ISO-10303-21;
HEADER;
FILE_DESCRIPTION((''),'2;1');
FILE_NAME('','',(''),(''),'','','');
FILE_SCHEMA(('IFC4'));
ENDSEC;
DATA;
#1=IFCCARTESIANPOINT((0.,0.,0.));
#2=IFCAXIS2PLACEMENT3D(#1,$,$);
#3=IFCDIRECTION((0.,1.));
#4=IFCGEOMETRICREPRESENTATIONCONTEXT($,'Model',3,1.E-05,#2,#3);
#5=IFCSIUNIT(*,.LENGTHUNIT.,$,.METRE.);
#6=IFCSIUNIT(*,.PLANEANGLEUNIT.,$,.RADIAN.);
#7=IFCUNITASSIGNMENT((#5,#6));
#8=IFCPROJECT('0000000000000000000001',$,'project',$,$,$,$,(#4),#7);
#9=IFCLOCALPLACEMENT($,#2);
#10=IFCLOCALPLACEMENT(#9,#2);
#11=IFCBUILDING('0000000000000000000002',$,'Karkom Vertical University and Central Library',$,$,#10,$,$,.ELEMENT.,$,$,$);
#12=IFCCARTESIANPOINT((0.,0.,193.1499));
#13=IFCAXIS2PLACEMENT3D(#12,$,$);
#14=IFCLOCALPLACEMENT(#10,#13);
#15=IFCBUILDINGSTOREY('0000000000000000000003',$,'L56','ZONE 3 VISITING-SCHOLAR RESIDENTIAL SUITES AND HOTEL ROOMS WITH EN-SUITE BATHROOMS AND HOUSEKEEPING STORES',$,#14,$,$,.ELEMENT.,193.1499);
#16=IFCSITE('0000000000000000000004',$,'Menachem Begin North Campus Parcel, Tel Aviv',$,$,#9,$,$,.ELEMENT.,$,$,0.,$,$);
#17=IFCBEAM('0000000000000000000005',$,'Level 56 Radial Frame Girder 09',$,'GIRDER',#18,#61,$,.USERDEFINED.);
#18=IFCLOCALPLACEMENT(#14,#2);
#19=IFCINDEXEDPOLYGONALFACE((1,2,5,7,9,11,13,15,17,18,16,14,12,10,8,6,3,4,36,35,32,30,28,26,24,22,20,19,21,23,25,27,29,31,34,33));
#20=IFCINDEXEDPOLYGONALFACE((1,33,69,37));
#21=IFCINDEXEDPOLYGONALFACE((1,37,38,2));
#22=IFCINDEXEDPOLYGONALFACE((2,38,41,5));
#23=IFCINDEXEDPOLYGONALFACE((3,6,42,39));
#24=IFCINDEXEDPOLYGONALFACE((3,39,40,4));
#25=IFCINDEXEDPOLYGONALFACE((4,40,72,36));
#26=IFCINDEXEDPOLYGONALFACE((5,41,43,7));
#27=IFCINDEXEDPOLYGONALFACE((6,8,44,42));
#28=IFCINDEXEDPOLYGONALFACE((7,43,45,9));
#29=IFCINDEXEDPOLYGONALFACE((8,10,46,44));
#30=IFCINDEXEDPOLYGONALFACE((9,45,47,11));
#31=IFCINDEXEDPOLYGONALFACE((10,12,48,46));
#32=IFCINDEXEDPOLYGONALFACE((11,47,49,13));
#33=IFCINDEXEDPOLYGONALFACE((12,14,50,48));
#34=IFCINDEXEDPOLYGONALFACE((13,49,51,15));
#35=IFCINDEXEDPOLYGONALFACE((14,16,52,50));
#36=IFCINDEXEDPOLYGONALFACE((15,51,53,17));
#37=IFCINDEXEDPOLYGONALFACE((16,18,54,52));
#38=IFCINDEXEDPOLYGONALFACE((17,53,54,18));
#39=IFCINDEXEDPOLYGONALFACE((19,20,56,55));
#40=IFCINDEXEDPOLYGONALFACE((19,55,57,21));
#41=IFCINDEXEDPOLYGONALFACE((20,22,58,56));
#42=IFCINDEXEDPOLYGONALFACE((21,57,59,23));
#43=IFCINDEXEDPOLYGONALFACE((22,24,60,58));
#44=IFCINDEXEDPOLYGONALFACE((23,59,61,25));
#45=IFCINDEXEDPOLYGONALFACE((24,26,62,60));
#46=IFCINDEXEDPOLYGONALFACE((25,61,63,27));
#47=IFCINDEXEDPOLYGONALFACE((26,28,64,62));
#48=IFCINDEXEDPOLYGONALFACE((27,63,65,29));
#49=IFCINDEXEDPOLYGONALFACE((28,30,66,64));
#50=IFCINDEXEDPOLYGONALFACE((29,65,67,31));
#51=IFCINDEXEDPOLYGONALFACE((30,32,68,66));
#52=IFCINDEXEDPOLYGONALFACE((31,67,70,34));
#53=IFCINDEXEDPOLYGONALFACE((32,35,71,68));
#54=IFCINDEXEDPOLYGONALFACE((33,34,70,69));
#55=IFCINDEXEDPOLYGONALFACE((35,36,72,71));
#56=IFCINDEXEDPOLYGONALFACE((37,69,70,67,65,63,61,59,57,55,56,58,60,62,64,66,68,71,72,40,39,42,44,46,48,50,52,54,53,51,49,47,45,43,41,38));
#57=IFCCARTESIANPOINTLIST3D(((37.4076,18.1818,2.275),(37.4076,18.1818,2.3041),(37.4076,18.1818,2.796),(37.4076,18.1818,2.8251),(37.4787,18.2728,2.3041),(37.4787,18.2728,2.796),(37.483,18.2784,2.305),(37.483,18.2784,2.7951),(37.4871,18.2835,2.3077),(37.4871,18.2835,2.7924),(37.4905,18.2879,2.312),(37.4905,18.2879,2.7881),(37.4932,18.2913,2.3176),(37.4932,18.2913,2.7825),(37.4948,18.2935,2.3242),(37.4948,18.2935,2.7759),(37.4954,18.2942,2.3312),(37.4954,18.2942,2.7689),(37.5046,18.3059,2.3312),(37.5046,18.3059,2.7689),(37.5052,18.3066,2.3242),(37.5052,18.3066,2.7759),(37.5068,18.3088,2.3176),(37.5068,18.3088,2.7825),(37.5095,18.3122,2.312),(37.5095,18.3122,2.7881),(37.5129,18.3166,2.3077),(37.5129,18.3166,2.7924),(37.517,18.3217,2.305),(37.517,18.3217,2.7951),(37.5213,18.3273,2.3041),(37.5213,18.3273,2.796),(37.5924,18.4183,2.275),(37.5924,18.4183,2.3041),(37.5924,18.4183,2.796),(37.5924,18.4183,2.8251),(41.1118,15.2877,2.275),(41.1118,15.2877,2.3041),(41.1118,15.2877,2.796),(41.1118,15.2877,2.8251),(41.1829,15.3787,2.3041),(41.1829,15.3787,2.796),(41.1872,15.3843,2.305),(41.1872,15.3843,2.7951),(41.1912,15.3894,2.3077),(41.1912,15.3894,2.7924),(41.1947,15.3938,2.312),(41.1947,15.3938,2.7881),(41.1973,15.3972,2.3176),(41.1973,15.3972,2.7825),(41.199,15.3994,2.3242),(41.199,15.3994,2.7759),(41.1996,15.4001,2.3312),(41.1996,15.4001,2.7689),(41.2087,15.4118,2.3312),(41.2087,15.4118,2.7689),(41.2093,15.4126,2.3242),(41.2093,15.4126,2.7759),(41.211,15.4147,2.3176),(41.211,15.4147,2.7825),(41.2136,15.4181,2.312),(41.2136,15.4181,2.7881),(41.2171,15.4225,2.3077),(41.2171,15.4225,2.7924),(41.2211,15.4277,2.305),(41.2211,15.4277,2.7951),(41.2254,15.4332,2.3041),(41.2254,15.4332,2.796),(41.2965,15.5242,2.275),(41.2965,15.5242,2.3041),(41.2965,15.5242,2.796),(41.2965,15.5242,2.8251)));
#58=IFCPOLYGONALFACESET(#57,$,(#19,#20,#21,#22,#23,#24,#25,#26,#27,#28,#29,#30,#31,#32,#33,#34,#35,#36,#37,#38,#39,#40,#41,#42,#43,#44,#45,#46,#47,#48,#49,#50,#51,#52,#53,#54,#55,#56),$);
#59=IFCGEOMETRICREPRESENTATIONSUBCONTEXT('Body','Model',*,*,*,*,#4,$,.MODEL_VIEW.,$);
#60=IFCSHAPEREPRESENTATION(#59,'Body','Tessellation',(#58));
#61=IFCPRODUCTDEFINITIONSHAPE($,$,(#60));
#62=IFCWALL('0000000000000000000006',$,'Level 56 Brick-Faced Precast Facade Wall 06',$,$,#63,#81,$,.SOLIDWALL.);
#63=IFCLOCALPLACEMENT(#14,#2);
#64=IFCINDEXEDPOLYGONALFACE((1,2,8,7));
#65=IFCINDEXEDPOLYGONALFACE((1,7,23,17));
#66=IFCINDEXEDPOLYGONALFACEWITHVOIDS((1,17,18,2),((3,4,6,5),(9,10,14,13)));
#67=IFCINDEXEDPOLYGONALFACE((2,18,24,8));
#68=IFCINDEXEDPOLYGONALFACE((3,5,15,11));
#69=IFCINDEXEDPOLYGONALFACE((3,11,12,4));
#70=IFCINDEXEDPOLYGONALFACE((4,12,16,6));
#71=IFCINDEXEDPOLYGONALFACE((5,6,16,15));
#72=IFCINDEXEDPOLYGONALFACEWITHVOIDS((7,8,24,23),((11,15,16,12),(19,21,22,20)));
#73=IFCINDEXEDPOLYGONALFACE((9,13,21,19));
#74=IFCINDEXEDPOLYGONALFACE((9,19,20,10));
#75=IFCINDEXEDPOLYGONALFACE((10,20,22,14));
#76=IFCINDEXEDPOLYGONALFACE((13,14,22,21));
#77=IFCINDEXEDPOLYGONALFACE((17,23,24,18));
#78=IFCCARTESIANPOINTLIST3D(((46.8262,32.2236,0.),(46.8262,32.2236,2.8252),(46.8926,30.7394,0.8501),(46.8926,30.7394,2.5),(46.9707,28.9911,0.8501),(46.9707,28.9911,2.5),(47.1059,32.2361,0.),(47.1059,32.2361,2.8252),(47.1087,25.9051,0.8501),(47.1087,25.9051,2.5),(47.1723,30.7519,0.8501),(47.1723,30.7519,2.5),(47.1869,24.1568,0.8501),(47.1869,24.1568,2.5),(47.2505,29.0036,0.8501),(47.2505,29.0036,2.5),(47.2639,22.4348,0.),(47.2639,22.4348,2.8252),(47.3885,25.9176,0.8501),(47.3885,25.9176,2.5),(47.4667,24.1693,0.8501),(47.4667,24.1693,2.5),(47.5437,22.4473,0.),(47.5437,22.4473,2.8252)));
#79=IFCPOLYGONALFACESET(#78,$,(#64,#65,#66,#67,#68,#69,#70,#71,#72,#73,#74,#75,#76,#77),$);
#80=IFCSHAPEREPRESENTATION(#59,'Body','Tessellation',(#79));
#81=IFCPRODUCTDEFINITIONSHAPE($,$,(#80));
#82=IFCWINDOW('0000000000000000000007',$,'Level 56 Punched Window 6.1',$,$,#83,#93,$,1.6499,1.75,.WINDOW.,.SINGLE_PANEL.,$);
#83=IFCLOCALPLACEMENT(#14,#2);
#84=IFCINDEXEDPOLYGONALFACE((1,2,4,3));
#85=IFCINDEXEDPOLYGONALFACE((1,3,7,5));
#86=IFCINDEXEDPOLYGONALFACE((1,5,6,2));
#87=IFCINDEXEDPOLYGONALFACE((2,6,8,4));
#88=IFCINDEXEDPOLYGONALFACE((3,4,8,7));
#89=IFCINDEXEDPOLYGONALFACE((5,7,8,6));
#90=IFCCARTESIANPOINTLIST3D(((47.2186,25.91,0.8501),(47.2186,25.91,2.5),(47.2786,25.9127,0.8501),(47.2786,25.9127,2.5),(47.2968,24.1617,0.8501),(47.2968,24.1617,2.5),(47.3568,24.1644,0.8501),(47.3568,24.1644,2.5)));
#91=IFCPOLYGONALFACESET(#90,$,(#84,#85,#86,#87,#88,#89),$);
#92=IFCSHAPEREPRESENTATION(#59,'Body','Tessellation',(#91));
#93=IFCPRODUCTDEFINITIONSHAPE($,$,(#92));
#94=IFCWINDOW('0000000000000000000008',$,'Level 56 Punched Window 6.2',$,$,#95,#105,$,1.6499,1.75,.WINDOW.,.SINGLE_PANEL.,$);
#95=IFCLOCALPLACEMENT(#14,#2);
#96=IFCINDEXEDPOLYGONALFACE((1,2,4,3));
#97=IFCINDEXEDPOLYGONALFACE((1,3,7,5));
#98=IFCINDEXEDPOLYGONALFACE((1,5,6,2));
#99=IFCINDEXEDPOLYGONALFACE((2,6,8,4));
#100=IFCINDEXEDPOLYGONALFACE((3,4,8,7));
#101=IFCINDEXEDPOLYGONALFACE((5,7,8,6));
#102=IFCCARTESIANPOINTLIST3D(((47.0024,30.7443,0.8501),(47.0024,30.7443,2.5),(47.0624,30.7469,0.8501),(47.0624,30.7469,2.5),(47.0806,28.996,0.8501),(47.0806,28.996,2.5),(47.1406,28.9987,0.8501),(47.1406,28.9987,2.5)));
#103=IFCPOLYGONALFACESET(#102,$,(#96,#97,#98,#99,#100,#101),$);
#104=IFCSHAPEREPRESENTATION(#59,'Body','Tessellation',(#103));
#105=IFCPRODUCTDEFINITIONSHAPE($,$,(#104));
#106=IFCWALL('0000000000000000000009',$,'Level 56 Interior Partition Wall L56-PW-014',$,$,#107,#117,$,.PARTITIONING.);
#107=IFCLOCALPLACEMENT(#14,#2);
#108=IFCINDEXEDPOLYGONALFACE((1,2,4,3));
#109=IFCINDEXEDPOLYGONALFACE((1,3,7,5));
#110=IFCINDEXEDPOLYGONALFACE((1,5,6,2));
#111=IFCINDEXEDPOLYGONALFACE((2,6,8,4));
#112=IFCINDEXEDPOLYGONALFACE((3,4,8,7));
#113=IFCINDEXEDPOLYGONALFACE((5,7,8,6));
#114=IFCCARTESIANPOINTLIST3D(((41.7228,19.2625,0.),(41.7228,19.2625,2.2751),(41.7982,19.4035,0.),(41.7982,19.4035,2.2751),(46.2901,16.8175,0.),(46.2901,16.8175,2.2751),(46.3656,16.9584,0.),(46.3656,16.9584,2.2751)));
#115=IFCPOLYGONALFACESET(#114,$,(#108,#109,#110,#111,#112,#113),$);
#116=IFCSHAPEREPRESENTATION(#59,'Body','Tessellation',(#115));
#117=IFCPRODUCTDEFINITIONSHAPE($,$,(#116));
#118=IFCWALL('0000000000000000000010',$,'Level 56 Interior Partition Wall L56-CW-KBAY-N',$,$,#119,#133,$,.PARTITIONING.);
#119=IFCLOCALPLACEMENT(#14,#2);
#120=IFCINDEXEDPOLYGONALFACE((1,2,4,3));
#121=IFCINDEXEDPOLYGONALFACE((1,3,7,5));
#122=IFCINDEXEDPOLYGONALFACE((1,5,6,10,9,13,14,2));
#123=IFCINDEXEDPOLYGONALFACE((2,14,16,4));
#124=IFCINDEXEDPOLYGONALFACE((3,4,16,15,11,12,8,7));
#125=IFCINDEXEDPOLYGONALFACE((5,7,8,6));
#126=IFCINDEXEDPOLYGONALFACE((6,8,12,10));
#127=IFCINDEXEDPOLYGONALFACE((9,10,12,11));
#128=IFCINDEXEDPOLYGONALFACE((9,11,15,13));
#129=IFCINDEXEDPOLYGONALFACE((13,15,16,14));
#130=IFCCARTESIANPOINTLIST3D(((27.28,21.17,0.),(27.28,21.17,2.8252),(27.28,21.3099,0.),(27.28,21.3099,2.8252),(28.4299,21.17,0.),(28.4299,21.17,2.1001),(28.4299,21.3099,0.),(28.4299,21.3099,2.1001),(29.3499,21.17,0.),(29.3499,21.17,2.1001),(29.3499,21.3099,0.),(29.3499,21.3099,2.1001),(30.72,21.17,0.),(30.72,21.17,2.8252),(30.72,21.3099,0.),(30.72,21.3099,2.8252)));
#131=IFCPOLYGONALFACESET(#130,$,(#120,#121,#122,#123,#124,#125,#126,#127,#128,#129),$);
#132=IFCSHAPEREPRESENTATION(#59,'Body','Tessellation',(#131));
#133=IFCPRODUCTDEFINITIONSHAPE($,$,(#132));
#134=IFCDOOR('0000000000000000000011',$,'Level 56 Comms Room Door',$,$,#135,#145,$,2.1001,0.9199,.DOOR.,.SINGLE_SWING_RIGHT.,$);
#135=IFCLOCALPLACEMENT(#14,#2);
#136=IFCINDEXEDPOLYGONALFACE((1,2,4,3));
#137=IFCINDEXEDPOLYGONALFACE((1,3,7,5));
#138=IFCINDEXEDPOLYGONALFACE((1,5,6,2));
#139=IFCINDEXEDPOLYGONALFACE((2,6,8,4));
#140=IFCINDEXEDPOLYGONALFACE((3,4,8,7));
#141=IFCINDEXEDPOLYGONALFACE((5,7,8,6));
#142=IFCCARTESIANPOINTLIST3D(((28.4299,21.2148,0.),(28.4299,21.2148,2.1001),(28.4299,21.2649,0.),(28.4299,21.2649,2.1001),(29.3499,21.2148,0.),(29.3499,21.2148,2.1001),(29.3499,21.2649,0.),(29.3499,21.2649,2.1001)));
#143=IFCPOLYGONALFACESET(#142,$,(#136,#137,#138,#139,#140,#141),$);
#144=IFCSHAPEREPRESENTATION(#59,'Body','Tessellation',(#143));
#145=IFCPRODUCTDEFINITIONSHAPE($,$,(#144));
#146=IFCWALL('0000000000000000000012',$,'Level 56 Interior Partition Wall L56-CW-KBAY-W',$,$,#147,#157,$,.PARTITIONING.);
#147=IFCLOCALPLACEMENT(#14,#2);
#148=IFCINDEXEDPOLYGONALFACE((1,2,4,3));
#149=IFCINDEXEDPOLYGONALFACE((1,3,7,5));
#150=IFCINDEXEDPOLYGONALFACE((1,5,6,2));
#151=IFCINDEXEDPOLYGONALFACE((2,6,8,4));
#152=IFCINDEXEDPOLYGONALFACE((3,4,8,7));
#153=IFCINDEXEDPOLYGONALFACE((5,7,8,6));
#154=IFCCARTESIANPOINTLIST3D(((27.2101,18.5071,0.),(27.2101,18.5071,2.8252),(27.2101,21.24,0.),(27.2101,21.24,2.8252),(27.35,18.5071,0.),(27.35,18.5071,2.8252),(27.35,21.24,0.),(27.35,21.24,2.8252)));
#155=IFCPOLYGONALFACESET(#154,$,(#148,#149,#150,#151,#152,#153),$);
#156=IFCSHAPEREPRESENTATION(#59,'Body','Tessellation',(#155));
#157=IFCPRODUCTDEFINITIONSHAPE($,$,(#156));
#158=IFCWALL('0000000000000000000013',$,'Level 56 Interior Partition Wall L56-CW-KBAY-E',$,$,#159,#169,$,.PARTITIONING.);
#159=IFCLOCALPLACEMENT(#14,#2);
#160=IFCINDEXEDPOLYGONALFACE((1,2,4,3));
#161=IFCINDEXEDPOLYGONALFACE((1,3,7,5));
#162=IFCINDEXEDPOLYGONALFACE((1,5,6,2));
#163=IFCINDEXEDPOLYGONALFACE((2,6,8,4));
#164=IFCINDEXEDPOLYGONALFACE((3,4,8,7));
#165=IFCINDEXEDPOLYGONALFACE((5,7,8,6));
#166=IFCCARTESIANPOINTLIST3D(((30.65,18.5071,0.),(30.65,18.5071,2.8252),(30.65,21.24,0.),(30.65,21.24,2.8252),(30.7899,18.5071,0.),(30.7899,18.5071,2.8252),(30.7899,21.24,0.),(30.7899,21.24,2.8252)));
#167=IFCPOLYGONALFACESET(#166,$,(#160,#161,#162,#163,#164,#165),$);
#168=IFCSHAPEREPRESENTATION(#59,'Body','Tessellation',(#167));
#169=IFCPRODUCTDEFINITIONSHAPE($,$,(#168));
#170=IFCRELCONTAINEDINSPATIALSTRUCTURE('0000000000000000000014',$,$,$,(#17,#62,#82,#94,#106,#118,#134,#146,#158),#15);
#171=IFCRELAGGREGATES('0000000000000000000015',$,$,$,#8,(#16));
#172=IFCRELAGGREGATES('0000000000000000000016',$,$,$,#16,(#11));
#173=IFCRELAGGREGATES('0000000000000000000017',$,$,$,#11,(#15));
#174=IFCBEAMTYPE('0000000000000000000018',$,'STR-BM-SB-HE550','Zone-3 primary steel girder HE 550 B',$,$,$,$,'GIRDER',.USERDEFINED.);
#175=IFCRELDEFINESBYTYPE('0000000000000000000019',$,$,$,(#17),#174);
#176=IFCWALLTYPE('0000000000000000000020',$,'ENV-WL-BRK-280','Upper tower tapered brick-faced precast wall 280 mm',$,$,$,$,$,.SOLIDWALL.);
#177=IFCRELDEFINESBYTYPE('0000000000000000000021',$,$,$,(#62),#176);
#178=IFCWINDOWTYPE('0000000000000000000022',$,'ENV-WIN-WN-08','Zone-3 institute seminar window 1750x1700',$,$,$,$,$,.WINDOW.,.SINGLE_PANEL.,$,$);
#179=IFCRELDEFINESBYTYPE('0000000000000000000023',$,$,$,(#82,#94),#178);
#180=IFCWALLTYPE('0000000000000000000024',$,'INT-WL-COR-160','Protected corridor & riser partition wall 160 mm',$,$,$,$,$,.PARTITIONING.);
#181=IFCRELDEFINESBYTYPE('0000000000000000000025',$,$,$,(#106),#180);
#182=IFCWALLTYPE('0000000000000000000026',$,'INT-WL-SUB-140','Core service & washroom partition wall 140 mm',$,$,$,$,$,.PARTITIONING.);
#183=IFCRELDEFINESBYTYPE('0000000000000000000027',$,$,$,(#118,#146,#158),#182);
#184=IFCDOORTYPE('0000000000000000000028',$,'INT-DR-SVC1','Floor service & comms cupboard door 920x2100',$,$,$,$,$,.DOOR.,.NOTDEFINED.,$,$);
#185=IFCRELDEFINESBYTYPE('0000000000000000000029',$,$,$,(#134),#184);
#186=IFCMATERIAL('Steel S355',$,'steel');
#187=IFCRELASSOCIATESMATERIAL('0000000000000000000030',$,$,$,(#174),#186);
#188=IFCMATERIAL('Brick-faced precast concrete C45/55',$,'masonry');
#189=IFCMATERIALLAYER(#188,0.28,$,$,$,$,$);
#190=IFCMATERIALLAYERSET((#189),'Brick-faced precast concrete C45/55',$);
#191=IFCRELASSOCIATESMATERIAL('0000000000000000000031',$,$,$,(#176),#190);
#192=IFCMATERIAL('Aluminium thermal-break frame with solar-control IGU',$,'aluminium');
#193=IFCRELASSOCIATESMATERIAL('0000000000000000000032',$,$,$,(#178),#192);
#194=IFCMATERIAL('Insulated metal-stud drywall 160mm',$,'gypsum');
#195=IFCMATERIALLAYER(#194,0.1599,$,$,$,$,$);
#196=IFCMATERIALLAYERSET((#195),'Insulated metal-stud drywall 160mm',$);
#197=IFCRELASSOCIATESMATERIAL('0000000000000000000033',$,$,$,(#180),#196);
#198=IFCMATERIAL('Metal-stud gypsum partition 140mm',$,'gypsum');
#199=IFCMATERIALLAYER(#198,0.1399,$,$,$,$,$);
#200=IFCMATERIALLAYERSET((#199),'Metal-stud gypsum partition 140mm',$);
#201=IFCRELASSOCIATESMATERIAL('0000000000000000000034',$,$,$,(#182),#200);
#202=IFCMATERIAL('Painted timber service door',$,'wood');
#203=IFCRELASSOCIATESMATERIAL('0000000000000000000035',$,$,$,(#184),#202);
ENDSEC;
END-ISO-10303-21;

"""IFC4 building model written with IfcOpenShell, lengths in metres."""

from ifc_helpers import new_model, si_unit, direction, frame, frame_2d, origin, origin_with_axes, origin_2d, place, context, subcontext, project, spatial, rectangle, i_section, extrude, source, transform, mapped, material, layer, layer_set, material_profile, profile_set, type_object, element, fill, save


model = new_model("IFC4")

# Units and contexts
model_context = context("Model", 3, precision=1e-05, world=origin(), true_north=direction((0.0, 1.0)))
body_context = subcontext(model_context, "Body", "Model", "MODEL_VIEW")
ifc_project = project(units=[si_unit("LENGTHUNIT", "METRE"), si_unit("PLANEANGLEUNIT", "RADIAN")], contexts=[model_context])

# Site, building, storey
site_placement = place(None, origin())
site = spatial("IfcSite", under=ifc_project, at=site_placement, Name="Menachem Begin North Campus Parcel, Tel Aviv", CompositionType="ELEMENT", RefElevation=0.0)
building_placement = place(site_placement, origin())
building = spatial("IfcBuilding", under=site, at=building_placement, Name="Karkom Vertical University and Central Library", CompositionType="ELEMENT")
storey_placement = place(building_placement, frame((0.0, 0.0, 193.1499)))
storey = spatial("IfcBuildingStorey", under=building, at=storey_placement, Name="L56", Description="ZONE 3 VISITING-SCHOLAR RESIDENTIAL SUITES AND HOTEL ROOMS WITH EN-SUITE BATHROOMS AND HOUSEKEEPING STORES", CompositionType="ELEMENT", Elevation=193.1499)

# Beam
ifc_material_1 = material(Name="Steel S355", Category="steel")
ifc_material_profile_1 = material_profile(ifc_material_1, i_section(OverallWidth=0.3, OverallDepth=0.55, WebThickness=0.0149, FlangeThickness=0.0291, FilletRadius=0.0271, at=origin_2d()), Name="HE 550 B")
ifc_profile_set_1 = profile_set([ifc_material_profile_1], Name="Steel S355")
beam_type_1 = type_object("IfcBeamType", Name="STR-BM-SB-HE550", Description="Zone-3 primary steel girder HE 550 B", ElementType="GIRDER", PredefinedType="USERDEFINED", material=ifc_profile_set_1)
shared_shape_1 = source(origin_with_axes(), body_context, "Body", "SweptSolid", [
    extrude(i_section(OverallWidth=0.3, OverallDepth=0.55, WebThickness=0.0149, FlangeThickness=0.0291, FilletRadius=0.0271, at=origin_2d()), origin(), (0.0, 0.0, 1.0), 4.7007),
])
beam_1_placement = place(storey_placement, frame((37.5, 18.3, 2.55), z_axis=(0.788002, -0.615672, 0.0), x_axis=(0.615672, 0.788002, 0.0)))
element("IfcBeam", 1, at=beam_1_placement, inside=storey, type_object=beam_type_1, Name="Level 56 Radial Frame Girder 09", ObjectType="GIRDER", PredefinedType="USERDEFINED", context=body_context, shape_type="MappedRepresentation", body=[
    mapped(shared_shape_1, transform((0.0, 0.0, 0.0), scale=1.0)),
])

# Wall, openings, windows
ifc_material_2 = material(Name="Brick-faced precast concrete C45/55", Category="masonry")
ifc_layer_1 = layer(ifc_material_2, 0.28)
ifc_layer_set_1 = layer_set([ifc_layer_1], Name="Brick-faced precast concrete C45/55")
wall_type_1 = type_object("IfcWallType", Name="ENV-WL-BRK-280", Description="Upper tower tapered brick-faced precast wall 280 mm", PredefinedType="SOLIDWALL", material=ifc_layer_set_1)
wall_1_placement = place(storey_placement, frame((47.4038, 22.4409, 0.0), z_axis=(0.0, 0.0, 1.0), x_axis=(-0.044674, 0.999002, 0.0)))
wall_1 = element("IfcWall", 2, at=wall_1_placement, inside=storey, type_object=wall_type_1, Name="Level 56 Brick-Faced Precast Facade Wall 06", PredefinedType="SOLIDWALL", context=body_context, shape_type="SweptSolid", body=[
    extrude(rectangle(XDim=9.7986, YDim=0.28, at=frame_2d((4.8994, 0.0))), origin(), (0.0, 0.0, 1.0), 2.8252),
])
opening_1_placement = place(wall_1_placement, frame((1.7239, 0.0, 0.8501)))
opening_1 = element("IfcOpeningElement", 3, at=opening_1_placement, cuts=wall_1, PredefinedType="OPENING", context=body_context, shape_type="SweptSolid", body=[
    extrude(rectangle(XDim=1.75, YDim=1.6499, at=frame_2d((0.875, 0.825))), frame((0.0, 0.1499, 0.0), z_axis=(0.0, -1.0, 0.0), x_axis=(1.0, 0.0, 0.0)), (0.0, 0.0, 1.0), 0.3),
])
opening_2_placement = place(wall_1_placement, frame((6.563, 0.0, 0.8501)))
opening_2 = element("IfcOpeningElement", 4, at=opening_2_placement, cuts=wall_1, PredefinedType="OPENING", context=body_context, shape_type="SweptSolid", body=[
    extrude(rectangle(XDim=1.75, YDim=1.6499, at=frame_2d((0.875, 0.825))), frame((0.0, 0.1499, 0.0), z_axis=(0.0, -1.0, 0.0), x_axis=(1.0, 0.0, 0.0)), (0.0, 0.0, 1.0), 0.3),
])
ifc_material_3 = material(Name="Aluminium thermal-break frame with solar-control IGU", Category="aluminium")
window_type = type_object("IfcWindowType", Name="ENV-WIN-WN-08", Description="Zone-3 institute seminar window 1750x1700", PartitioningType="SINGLE_PANEL", PredefinedType="WINDOW", material=ifc_material_3)
shared_shape_2 = source(origin_with_axes(), body_context, "Body", "SweptSolid", [
    extrude(rectangle(XDim=1.75, YDim=1.6499, at=frame_2d((0.875, 0.825))), frame((0.0, 0.03, 0.0), z_axis=(0.0, -1.0, 0.0), x_axis=(1.0, 0.0, 0.0)), (0.0, 0.0, 1.0), 0.0601),
])
window_1_placement = place(opening_1_placement, origin())
window_1 = element("IfcWindow", 5, at=window_1_placement, inside=storey, type_object=window_type, Name="Level 56 Punched Window 6.1", OverallHeight=1.6499, OverallWidth=1.75, PartitioningType="SINGLE_PANEL", PredefinedType="WINDOW", context=body_context, shape_type="MappedRepresentation", body=[
    mapped(shared_shape_2, transform((0.0, 0.0, 0.0), scale=1.0)),
])
fill(opening_1, window_1)
window_2_placement = place(opening_2_placement, origin())
window_2 = element("IfcWindow", 6, at=window_2_placement, inside=storey, type_object=window_type, Name="Level 56 Punched Window 6.2", OverallHeight=1.6499, OverallWidth=1.75, PartitioningType="SINGLE_PANEL", PredefinedType="WINDOW", context=body_context, shape_type="MappedRepresentation", body=[
    mapped(shared_shape_2, transform((0.0, 0.0, 0.0), scale=1.0)),
])
fill(opening_2, window_2)

# Wall
ifc_material_4 = material(Name="Insulated metal-stud drywall 160mm", Category="gypsum")
ifc_layer_2 = layer(ifc_material_4, 0.1599)
ifc_layer_set_2 = layer_set([ifc_layer_2], Name="Insulated metal-stud drywall 160mm")
wall_type_2 = type_object("IfcWallType", Name="INT-WL-COR-160", Description="Protected corridor & riser partition wall 160 mm", PredefinedType="PARTITIONING", material=ifc_layer_set_2)
wall_2_placement = place(storey_placement, frame((41.7605, 19.333, 0.0), z_axis=(0.0, 0.0, 1.0), x_axis=(0.88162, -0.47196, 0.0)))
element("IfcWall", 7, at=wall_2_placement, inside=storey, type_object=wall_type_2, Name="Level 56 Interior Partition Wall L56-PW-014", PredefinedType="PARTITIONING", context=body_context, shape_type="SweptSolid", body=[
    extrude(rectangle(XDim=5.1807, YDim=0.1599, at=frame_2d((2.5903, 0.0))), origin(), (0.0, 0.0, 1.0), 2.2751),
])

# Wall, opening, door
ifc_material_5 = material(Name="Metal-stud gypsum partition 140mm", Category="gypsum")
ifc_layer_3 = layer(ifc_material_5, 0.1399)
ifc_layer_set_3 = layer_set([ifc_layer_3], Name="Metal-stud gypsum partition 140mm")
wall_type_3 = type_object("IfcWallType", Name="INT-WL-SUB-140", Description="Core service & washroom partition wall 140 mm", PredefinedType="PARTITIONING", material=ifc_layer_set_3)
wall_3_placement = place(storey_placement, frame((27.28, 21.24, 0.0), z_axis=(0.0, 0.0, 1.0), x_axis=(1.0, 0.0, 0.0)))
wall_3 = element("IfcWall", 8, at=wall_3_placement, inside=storey, type_object=wall_type_3, Name="Level 56 Interior Partition Wall L56-CW-KBAY-N", PredefinedType="PARTITIONING", context=body_context, shape_type="SweptSolid", body=[
    extrude(rectangle(XDim=3.4399, YDim=0.1399, at=frame_2d((1.72, 0.0))), origin(), (0.0, 0.0, 1.0), 2.8252),
])
opening_3_placement = place(wall_3_placement, frame((1.1499, 0.0, 0.0)))
opening_3 = element("IfcOpeningElement", 9, at=opening_3_placement, cuts=wall_3, PredefinedType="OPENING", context=body_context, shape_type="SweptSolid", body=[
    extrude(rectangle(XDim=0.9199, YDim=2.1001, at=frame_2d((0.46, 1.05))), frame((0.0, 0.0801, 0.0), z_axis=(0.0, -1.0, 0.0), x_axis=(1.0, 0.0, 0.0)), (0.0, 0.0, 1.0), 0.1599),
])
ifc_material_6 = material(Name="Painted timber service door", Category="wood")
door_type_1 = type_object("IfcDoorType", Name="INT-DR-SVC1", Description="Floor service & comms cupboard door 920x2100", OperationType="NOTDEFINED", PredefinedType="DOOR", material=ifc_material_6)
shared_shape_3 = source(origin_with_axes(), body_context, "Body", "SweptSolid", [
    extrude(rectangle(XDim=0.9199, YDim=2.1001, at=frame_2d((0.46, 1.05))), frame((0.0, 0.0249, 0.0), z_axis=(0.0, -1.0, 0.0), x_axis=(1.0, 0.0, 0.0)), (0.0, 0.0, 1.0), 0.05),
])
door_1_placement = place(opening_3_placement, origin())
door_1 = element("IfcDoor", 10, at=door_1_placement, inside=storey, type_object=door_type_1, Name="Level 56 Comms Room Door", OperationType="SINGLE_SWING_RIGHT", OverallHeight=2.1001, OverallWidth=0.9199, PredefinedType="DOOR", context=body_context, shape_type="MappedRepresentation", body=[
    mapped(shared_shape_3, transform((0.0, 0.0, 0.0), scale=1.0)),
])
fill(opening_3, door_1)

# Walls
for number, where, z_axis, x_axis, name in (
    (11, (27.28, 18.5071, 0.0), (0.0, 0.0, 1.0), (0.0, 1.0, 0.0), "Level 56 Interior Partition Wall L56-CW-KBAY-W"),
    (12, (30.72, 18.5071, 0.0), (0.0, 0.0, 1.0), (0.0, 1.0, 0.0), "Level 56 Interior Partition Wall L56-CW-KBAY-E"),
):
    element("IfcWall", number, at=place(storey_placement, frame(where, z_axis=z_axis, x_axis=x_axis)), inside=storey, type_object=wall_type_3, Name=name, PredefinedType="PARTITIONING", context=body_context, shape_type="SweptSolid", body=[
        extrude(rectangle(XDim=2.7329, YDim=0.1399, at=frame_2d((1.3665, 0.0))), origin(), (0.0, 0.0, 1.0), 2.8252),
    ])

save(model, "model.ifc")
